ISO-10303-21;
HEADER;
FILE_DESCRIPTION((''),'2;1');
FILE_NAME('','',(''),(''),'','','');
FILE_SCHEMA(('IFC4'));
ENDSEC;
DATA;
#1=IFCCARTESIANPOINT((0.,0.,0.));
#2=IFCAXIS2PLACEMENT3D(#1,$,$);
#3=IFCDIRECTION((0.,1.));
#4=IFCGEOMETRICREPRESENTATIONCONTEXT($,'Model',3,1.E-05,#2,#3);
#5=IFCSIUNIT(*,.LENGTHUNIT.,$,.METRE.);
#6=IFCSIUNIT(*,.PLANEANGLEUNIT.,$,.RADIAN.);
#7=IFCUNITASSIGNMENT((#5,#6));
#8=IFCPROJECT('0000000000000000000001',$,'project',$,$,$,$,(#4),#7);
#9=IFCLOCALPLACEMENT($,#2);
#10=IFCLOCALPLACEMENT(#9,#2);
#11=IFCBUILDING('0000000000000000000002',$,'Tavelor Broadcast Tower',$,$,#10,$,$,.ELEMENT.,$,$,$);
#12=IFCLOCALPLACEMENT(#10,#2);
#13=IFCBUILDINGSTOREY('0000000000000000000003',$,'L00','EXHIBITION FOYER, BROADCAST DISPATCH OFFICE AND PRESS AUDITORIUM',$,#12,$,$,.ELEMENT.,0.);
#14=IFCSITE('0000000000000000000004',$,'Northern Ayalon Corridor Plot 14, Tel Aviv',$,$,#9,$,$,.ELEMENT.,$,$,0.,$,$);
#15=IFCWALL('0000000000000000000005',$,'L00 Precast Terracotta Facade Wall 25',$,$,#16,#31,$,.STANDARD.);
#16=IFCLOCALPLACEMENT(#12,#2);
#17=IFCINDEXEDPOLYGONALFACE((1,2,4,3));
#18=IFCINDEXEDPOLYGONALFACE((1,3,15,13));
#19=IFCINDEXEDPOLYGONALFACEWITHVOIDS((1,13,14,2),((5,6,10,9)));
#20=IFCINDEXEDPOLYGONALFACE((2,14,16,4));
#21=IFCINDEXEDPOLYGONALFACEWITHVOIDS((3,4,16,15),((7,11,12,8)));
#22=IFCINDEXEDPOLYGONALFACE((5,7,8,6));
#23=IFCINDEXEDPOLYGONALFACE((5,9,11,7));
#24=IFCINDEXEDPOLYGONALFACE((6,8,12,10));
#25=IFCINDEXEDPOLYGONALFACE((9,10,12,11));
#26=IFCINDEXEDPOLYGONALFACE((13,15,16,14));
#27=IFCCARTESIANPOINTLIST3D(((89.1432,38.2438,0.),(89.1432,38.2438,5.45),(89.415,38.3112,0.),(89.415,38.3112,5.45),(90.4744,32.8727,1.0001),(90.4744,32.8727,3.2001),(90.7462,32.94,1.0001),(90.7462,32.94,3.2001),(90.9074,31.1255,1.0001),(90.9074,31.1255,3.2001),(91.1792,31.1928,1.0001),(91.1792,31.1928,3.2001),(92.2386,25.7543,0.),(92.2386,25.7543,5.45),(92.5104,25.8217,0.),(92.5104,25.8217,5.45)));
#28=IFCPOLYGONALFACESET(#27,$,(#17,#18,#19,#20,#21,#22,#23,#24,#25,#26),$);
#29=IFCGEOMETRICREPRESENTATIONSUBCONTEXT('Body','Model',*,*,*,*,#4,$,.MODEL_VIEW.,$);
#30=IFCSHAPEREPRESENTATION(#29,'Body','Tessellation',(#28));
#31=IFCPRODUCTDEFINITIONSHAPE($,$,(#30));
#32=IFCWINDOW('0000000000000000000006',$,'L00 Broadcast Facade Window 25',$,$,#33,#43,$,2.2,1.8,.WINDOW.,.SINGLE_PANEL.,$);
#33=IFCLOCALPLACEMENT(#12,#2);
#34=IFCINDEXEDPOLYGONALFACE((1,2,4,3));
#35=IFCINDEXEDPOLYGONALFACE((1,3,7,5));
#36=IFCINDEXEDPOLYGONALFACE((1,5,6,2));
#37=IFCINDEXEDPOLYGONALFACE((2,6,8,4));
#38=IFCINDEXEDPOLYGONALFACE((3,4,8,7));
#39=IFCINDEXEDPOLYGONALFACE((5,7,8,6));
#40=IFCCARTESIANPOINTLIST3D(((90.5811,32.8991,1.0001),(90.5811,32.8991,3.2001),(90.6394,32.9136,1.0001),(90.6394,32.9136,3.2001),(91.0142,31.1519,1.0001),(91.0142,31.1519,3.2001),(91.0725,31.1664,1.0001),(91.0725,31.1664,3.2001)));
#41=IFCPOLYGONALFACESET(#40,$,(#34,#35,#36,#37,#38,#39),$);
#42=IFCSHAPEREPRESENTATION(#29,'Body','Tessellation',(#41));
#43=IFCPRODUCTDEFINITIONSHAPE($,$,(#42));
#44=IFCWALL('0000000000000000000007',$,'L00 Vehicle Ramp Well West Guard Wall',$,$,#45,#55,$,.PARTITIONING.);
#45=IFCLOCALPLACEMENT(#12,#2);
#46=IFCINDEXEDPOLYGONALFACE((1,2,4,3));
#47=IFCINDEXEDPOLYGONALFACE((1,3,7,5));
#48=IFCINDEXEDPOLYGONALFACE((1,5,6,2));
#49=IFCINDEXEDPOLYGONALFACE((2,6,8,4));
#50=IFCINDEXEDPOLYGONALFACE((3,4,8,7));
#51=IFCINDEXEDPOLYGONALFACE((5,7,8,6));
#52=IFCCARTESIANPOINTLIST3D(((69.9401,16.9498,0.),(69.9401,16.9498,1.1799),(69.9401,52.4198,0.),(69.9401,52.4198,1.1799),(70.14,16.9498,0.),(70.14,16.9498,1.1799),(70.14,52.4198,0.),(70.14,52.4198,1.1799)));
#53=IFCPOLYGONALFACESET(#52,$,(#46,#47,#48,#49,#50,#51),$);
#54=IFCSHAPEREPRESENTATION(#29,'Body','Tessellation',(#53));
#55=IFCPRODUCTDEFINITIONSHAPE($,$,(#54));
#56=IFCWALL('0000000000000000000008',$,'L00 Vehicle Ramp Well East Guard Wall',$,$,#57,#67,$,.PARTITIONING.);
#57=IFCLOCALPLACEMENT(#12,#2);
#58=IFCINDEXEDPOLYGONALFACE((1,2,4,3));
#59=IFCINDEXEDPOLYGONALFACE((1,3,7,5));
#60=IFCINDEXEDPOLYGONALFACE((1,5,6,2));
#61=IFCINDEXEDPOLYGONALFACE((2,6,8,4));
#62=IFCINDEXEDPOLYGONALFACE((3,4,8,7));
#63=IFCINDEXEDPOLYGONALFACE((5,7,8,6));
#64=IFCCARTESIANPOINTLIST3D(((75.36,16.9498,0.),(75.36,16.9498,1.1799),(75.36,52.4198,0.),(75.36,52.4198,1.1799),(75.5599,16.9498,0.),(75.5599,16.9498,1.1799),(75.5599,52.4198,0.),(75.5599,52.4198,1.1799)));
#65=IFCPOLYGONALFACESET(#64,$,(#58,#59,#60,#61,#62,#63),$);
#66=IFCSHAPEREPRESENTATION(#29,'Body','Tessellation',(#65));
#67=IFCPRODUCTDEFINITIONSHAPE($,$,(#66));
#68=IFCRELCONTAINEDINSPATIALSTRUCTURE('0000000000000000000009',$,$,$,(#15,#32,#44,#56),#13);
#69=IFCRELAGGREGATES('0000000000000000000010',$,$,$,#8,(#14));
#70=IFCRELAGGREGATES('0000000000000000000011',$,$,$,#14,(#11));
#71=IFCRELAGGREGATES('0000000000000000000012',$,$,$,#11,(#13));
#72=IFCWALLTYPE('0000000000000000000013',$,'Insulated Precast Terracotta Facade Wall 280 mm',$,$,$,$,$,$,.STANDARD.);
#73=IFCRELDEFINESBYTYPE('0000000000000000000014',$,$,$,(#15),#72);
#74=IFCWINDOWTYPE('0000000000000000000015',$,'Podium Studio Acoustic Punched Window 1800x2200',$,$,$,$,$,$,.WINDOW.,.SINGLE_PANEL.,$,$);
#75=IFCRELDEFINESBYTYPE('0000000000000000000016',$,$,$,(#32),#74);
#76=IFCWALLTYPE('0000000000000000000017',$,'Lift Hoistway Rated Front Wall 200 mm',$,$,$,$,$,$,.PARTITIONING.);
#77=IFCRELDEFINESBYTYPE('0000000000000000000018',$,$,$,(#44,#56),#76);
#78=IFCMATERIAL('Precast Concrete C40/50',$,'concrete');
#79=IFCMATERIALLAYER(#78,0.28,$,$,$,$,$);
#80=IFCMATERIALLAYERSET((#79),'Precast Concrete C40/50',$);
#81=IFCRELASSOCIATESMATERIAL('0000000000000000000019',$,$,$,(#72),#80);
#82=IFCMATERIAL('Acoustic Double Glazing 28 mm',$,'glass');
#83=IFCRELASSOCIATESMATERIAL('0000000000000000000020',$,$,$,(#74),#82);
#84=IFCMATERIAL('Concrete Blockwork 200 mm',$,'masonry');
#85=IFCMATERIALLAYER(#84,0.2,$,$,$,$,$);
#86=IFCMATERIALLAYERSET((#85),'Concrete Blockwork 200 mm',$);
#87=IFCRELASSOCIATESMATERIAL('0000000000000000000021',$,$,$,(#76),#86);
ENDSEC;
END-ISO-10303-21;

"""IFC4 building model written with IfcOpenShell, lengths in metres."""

from ifc_helpers import new_model, si_unit, direction, frame, frame_2d, origin, place, context, subcontext, project, spatial, rectangle, extrude, material, layer, layer_set, type_object, element, fill, save


model = new_model("IFC4")

# Units and contexts
model_context = context("Model", 3, precision=1e-05, world=origin(), true_north=direction((0.0, 1.0)))
body_context = subcontext(model_context, "Body", "Model", "MODEL_VIEW")
ifc_project = project(units=[si_unit("LENGTHUNIT", "METRE"), si_unit("PLANEANGLEUNIT", "RADIAN")], contexts=[model_context])

# Site, building, storey
site_placement = place(None, origin())
site = spatial("IfcSite", under=ifc_project, at=site_placement, Name="Northern Ayalon Corridor Plot 14, Tel Aviv", CompositionType="ELEMENT", RefElevation=0.0)
building_placement = place(site_placement, origin())
building = spatial("IfcBuilding", under=site, at=building_placement, Name="Tavelor Broadcast Tower", CompositionType="ELEMENT")
storey_placement = place(building_placement, origin())
storey = spatial("IfcBuildingStorey", under=building, at=storey_placement, Name="L00", Description="EXHIBITION FOYER, BROADCAST DISPATCH OFFICE AND PRESS AUDITORIUM", CompositionType="ELEMENT", Elevation=0.0)

# Shared definitions
ifc_material_1 = material(Name="Acoustic Double Glazing 28 mm", Category="glass")

# Shared definitions
ifc_material_2 = material(Name="Precast Concrete C40/50", Category="concrete")
ifc_layer_1 = layer(ifc_material_2, 0.28)
ifc_layer_set_1 = layer_set([ifc_layer_1], Name="Precast Concrete C40/50")
wall_type_1 = type_object("IfcWallType", Name="Insulated Precast Terracotta Facade Wall 280 mm", PredefinedType="STANDARD", material=ifc_layer_set_1)

# Wall, opening, window
wall_1_placement = place(storey_placement, frame((92.3745, 25.7881, 0.0), z_axis=(0.0, 0.0, 1.0), x_axis=(-0.240566, 0.970633, 0.0)))
wall_1 = element("IfcWall", 1, at=wall_1_placement, inside=storey, type_object=wall_type_1, Name="L00 Precast Terracotta Facade Wall 25", PredefinedType="STANDARD", context=body_context, shape_type="SweptSolid", body=[
    extrude(rectangle(XDim=12.8674, YDim=0.28, at=frame_2d((6.4336, 0.0))), origin(), (0.0, 0.0, 1.0), 5.45),
])
opening_1_placement = place(wall_1_placement, frame((5.5337, 0.0, 1.0)))
opening_1 = element("IfcOpeningElement", 2, at=opening_1_placement, cuts=wall_1, PredefinedType="OPENING", context=body_context, shape_type="SweptSolid", body=[
    extrude(rectangle(XDim=1.8, YDim=2.2, at=frame_2d((0.8999, 1.1001))), frame((0.0, 0.1499, 0.0), z_axis=(0.0, -1.0, 0.0), x_axis=(1.0, 0.0, 0.0)), (0.0, 0.0, 1.0), 0.3),
])
window_type_1 = type_object("IfcWindowType", Name="Podium Studio Acoustic Punched Window 1800x2200", PartitioningType="SINGLE_PANEL", PredefinedType="WINDOW", material=ifc_material_1)
window_1_placement = place(opening_1_placement, origin())
window_1 = element("IfcWindow", 3, at=window_1_placement, inside=storey, type_object=window_type_1, Name="L00 Broadcast Facade Window 25", OverallHeight=2.2, OverallWidth=1.8, PartitioningType="SINGLE_PANEL", PredefinedType="WINDOW", context=body_context, shape_type="SweptSolid", body=[
    extrude(rectangle(XDim=1.8, YDim=2.2, at=frame_2d((0.8999, 1.1001))), frame((0.0, 0.03, 0.0), z_axis=(0.0, -1.0, 0.0), x_axis=(1.0, 0.0, 0.0)), (0.0, 0.0, 1.0), 0.0601),
])
fill(opening_1, window_1)

# Walls
ifc_material_3 = material(Name="Concrete Blockwork 200 mm", Category="masonry")
ifc_layer_2 = layer(ifc_material_3, 0.2)
ifc_layer_set_2 = layer_set([ifc_layer_2], Name="Concrete Blockwork 200 mm")
wall_type_2 = type_object("IfcWallType", Name="Lift Hoistway Rated Front Wall 200 mm", PredefinedType="PARTITIONING", material=ifc_layer_set_2)
for number, where, z_axis, x_axis, name in (
    (4, (70.04, 16.95, 0.0), (0.0, 0.0, 1.0), (0.0, 1.0, 0.0), "L00 Vehicle Ramp Well West Guard Wall"),
    (5, (75.46, 16.95, 0.0), (0.0, 0.0, 1.0), (0.0, 1.0, 0.0), "L00 Vehicle Ramp Well East Guard Wall"),
):
    element("IfcWall", number, at=place(storey_placement, frame(where, z_axis=z_axis, x_axis=x_axis)), inside=storey, type_object=wall_type_2, Name=name, PredefinedType="PARTITIONING", context=body_context, shape_type="SweptSolid", body=[
        extrude(rectangle(XDim=35.47, YDim=0.2, at=frame_2d((17.7349, 0.0))), origin(), (0.0, 0.0, 1.0), 1.1799),
    ])

save(model, "model.ifc")
